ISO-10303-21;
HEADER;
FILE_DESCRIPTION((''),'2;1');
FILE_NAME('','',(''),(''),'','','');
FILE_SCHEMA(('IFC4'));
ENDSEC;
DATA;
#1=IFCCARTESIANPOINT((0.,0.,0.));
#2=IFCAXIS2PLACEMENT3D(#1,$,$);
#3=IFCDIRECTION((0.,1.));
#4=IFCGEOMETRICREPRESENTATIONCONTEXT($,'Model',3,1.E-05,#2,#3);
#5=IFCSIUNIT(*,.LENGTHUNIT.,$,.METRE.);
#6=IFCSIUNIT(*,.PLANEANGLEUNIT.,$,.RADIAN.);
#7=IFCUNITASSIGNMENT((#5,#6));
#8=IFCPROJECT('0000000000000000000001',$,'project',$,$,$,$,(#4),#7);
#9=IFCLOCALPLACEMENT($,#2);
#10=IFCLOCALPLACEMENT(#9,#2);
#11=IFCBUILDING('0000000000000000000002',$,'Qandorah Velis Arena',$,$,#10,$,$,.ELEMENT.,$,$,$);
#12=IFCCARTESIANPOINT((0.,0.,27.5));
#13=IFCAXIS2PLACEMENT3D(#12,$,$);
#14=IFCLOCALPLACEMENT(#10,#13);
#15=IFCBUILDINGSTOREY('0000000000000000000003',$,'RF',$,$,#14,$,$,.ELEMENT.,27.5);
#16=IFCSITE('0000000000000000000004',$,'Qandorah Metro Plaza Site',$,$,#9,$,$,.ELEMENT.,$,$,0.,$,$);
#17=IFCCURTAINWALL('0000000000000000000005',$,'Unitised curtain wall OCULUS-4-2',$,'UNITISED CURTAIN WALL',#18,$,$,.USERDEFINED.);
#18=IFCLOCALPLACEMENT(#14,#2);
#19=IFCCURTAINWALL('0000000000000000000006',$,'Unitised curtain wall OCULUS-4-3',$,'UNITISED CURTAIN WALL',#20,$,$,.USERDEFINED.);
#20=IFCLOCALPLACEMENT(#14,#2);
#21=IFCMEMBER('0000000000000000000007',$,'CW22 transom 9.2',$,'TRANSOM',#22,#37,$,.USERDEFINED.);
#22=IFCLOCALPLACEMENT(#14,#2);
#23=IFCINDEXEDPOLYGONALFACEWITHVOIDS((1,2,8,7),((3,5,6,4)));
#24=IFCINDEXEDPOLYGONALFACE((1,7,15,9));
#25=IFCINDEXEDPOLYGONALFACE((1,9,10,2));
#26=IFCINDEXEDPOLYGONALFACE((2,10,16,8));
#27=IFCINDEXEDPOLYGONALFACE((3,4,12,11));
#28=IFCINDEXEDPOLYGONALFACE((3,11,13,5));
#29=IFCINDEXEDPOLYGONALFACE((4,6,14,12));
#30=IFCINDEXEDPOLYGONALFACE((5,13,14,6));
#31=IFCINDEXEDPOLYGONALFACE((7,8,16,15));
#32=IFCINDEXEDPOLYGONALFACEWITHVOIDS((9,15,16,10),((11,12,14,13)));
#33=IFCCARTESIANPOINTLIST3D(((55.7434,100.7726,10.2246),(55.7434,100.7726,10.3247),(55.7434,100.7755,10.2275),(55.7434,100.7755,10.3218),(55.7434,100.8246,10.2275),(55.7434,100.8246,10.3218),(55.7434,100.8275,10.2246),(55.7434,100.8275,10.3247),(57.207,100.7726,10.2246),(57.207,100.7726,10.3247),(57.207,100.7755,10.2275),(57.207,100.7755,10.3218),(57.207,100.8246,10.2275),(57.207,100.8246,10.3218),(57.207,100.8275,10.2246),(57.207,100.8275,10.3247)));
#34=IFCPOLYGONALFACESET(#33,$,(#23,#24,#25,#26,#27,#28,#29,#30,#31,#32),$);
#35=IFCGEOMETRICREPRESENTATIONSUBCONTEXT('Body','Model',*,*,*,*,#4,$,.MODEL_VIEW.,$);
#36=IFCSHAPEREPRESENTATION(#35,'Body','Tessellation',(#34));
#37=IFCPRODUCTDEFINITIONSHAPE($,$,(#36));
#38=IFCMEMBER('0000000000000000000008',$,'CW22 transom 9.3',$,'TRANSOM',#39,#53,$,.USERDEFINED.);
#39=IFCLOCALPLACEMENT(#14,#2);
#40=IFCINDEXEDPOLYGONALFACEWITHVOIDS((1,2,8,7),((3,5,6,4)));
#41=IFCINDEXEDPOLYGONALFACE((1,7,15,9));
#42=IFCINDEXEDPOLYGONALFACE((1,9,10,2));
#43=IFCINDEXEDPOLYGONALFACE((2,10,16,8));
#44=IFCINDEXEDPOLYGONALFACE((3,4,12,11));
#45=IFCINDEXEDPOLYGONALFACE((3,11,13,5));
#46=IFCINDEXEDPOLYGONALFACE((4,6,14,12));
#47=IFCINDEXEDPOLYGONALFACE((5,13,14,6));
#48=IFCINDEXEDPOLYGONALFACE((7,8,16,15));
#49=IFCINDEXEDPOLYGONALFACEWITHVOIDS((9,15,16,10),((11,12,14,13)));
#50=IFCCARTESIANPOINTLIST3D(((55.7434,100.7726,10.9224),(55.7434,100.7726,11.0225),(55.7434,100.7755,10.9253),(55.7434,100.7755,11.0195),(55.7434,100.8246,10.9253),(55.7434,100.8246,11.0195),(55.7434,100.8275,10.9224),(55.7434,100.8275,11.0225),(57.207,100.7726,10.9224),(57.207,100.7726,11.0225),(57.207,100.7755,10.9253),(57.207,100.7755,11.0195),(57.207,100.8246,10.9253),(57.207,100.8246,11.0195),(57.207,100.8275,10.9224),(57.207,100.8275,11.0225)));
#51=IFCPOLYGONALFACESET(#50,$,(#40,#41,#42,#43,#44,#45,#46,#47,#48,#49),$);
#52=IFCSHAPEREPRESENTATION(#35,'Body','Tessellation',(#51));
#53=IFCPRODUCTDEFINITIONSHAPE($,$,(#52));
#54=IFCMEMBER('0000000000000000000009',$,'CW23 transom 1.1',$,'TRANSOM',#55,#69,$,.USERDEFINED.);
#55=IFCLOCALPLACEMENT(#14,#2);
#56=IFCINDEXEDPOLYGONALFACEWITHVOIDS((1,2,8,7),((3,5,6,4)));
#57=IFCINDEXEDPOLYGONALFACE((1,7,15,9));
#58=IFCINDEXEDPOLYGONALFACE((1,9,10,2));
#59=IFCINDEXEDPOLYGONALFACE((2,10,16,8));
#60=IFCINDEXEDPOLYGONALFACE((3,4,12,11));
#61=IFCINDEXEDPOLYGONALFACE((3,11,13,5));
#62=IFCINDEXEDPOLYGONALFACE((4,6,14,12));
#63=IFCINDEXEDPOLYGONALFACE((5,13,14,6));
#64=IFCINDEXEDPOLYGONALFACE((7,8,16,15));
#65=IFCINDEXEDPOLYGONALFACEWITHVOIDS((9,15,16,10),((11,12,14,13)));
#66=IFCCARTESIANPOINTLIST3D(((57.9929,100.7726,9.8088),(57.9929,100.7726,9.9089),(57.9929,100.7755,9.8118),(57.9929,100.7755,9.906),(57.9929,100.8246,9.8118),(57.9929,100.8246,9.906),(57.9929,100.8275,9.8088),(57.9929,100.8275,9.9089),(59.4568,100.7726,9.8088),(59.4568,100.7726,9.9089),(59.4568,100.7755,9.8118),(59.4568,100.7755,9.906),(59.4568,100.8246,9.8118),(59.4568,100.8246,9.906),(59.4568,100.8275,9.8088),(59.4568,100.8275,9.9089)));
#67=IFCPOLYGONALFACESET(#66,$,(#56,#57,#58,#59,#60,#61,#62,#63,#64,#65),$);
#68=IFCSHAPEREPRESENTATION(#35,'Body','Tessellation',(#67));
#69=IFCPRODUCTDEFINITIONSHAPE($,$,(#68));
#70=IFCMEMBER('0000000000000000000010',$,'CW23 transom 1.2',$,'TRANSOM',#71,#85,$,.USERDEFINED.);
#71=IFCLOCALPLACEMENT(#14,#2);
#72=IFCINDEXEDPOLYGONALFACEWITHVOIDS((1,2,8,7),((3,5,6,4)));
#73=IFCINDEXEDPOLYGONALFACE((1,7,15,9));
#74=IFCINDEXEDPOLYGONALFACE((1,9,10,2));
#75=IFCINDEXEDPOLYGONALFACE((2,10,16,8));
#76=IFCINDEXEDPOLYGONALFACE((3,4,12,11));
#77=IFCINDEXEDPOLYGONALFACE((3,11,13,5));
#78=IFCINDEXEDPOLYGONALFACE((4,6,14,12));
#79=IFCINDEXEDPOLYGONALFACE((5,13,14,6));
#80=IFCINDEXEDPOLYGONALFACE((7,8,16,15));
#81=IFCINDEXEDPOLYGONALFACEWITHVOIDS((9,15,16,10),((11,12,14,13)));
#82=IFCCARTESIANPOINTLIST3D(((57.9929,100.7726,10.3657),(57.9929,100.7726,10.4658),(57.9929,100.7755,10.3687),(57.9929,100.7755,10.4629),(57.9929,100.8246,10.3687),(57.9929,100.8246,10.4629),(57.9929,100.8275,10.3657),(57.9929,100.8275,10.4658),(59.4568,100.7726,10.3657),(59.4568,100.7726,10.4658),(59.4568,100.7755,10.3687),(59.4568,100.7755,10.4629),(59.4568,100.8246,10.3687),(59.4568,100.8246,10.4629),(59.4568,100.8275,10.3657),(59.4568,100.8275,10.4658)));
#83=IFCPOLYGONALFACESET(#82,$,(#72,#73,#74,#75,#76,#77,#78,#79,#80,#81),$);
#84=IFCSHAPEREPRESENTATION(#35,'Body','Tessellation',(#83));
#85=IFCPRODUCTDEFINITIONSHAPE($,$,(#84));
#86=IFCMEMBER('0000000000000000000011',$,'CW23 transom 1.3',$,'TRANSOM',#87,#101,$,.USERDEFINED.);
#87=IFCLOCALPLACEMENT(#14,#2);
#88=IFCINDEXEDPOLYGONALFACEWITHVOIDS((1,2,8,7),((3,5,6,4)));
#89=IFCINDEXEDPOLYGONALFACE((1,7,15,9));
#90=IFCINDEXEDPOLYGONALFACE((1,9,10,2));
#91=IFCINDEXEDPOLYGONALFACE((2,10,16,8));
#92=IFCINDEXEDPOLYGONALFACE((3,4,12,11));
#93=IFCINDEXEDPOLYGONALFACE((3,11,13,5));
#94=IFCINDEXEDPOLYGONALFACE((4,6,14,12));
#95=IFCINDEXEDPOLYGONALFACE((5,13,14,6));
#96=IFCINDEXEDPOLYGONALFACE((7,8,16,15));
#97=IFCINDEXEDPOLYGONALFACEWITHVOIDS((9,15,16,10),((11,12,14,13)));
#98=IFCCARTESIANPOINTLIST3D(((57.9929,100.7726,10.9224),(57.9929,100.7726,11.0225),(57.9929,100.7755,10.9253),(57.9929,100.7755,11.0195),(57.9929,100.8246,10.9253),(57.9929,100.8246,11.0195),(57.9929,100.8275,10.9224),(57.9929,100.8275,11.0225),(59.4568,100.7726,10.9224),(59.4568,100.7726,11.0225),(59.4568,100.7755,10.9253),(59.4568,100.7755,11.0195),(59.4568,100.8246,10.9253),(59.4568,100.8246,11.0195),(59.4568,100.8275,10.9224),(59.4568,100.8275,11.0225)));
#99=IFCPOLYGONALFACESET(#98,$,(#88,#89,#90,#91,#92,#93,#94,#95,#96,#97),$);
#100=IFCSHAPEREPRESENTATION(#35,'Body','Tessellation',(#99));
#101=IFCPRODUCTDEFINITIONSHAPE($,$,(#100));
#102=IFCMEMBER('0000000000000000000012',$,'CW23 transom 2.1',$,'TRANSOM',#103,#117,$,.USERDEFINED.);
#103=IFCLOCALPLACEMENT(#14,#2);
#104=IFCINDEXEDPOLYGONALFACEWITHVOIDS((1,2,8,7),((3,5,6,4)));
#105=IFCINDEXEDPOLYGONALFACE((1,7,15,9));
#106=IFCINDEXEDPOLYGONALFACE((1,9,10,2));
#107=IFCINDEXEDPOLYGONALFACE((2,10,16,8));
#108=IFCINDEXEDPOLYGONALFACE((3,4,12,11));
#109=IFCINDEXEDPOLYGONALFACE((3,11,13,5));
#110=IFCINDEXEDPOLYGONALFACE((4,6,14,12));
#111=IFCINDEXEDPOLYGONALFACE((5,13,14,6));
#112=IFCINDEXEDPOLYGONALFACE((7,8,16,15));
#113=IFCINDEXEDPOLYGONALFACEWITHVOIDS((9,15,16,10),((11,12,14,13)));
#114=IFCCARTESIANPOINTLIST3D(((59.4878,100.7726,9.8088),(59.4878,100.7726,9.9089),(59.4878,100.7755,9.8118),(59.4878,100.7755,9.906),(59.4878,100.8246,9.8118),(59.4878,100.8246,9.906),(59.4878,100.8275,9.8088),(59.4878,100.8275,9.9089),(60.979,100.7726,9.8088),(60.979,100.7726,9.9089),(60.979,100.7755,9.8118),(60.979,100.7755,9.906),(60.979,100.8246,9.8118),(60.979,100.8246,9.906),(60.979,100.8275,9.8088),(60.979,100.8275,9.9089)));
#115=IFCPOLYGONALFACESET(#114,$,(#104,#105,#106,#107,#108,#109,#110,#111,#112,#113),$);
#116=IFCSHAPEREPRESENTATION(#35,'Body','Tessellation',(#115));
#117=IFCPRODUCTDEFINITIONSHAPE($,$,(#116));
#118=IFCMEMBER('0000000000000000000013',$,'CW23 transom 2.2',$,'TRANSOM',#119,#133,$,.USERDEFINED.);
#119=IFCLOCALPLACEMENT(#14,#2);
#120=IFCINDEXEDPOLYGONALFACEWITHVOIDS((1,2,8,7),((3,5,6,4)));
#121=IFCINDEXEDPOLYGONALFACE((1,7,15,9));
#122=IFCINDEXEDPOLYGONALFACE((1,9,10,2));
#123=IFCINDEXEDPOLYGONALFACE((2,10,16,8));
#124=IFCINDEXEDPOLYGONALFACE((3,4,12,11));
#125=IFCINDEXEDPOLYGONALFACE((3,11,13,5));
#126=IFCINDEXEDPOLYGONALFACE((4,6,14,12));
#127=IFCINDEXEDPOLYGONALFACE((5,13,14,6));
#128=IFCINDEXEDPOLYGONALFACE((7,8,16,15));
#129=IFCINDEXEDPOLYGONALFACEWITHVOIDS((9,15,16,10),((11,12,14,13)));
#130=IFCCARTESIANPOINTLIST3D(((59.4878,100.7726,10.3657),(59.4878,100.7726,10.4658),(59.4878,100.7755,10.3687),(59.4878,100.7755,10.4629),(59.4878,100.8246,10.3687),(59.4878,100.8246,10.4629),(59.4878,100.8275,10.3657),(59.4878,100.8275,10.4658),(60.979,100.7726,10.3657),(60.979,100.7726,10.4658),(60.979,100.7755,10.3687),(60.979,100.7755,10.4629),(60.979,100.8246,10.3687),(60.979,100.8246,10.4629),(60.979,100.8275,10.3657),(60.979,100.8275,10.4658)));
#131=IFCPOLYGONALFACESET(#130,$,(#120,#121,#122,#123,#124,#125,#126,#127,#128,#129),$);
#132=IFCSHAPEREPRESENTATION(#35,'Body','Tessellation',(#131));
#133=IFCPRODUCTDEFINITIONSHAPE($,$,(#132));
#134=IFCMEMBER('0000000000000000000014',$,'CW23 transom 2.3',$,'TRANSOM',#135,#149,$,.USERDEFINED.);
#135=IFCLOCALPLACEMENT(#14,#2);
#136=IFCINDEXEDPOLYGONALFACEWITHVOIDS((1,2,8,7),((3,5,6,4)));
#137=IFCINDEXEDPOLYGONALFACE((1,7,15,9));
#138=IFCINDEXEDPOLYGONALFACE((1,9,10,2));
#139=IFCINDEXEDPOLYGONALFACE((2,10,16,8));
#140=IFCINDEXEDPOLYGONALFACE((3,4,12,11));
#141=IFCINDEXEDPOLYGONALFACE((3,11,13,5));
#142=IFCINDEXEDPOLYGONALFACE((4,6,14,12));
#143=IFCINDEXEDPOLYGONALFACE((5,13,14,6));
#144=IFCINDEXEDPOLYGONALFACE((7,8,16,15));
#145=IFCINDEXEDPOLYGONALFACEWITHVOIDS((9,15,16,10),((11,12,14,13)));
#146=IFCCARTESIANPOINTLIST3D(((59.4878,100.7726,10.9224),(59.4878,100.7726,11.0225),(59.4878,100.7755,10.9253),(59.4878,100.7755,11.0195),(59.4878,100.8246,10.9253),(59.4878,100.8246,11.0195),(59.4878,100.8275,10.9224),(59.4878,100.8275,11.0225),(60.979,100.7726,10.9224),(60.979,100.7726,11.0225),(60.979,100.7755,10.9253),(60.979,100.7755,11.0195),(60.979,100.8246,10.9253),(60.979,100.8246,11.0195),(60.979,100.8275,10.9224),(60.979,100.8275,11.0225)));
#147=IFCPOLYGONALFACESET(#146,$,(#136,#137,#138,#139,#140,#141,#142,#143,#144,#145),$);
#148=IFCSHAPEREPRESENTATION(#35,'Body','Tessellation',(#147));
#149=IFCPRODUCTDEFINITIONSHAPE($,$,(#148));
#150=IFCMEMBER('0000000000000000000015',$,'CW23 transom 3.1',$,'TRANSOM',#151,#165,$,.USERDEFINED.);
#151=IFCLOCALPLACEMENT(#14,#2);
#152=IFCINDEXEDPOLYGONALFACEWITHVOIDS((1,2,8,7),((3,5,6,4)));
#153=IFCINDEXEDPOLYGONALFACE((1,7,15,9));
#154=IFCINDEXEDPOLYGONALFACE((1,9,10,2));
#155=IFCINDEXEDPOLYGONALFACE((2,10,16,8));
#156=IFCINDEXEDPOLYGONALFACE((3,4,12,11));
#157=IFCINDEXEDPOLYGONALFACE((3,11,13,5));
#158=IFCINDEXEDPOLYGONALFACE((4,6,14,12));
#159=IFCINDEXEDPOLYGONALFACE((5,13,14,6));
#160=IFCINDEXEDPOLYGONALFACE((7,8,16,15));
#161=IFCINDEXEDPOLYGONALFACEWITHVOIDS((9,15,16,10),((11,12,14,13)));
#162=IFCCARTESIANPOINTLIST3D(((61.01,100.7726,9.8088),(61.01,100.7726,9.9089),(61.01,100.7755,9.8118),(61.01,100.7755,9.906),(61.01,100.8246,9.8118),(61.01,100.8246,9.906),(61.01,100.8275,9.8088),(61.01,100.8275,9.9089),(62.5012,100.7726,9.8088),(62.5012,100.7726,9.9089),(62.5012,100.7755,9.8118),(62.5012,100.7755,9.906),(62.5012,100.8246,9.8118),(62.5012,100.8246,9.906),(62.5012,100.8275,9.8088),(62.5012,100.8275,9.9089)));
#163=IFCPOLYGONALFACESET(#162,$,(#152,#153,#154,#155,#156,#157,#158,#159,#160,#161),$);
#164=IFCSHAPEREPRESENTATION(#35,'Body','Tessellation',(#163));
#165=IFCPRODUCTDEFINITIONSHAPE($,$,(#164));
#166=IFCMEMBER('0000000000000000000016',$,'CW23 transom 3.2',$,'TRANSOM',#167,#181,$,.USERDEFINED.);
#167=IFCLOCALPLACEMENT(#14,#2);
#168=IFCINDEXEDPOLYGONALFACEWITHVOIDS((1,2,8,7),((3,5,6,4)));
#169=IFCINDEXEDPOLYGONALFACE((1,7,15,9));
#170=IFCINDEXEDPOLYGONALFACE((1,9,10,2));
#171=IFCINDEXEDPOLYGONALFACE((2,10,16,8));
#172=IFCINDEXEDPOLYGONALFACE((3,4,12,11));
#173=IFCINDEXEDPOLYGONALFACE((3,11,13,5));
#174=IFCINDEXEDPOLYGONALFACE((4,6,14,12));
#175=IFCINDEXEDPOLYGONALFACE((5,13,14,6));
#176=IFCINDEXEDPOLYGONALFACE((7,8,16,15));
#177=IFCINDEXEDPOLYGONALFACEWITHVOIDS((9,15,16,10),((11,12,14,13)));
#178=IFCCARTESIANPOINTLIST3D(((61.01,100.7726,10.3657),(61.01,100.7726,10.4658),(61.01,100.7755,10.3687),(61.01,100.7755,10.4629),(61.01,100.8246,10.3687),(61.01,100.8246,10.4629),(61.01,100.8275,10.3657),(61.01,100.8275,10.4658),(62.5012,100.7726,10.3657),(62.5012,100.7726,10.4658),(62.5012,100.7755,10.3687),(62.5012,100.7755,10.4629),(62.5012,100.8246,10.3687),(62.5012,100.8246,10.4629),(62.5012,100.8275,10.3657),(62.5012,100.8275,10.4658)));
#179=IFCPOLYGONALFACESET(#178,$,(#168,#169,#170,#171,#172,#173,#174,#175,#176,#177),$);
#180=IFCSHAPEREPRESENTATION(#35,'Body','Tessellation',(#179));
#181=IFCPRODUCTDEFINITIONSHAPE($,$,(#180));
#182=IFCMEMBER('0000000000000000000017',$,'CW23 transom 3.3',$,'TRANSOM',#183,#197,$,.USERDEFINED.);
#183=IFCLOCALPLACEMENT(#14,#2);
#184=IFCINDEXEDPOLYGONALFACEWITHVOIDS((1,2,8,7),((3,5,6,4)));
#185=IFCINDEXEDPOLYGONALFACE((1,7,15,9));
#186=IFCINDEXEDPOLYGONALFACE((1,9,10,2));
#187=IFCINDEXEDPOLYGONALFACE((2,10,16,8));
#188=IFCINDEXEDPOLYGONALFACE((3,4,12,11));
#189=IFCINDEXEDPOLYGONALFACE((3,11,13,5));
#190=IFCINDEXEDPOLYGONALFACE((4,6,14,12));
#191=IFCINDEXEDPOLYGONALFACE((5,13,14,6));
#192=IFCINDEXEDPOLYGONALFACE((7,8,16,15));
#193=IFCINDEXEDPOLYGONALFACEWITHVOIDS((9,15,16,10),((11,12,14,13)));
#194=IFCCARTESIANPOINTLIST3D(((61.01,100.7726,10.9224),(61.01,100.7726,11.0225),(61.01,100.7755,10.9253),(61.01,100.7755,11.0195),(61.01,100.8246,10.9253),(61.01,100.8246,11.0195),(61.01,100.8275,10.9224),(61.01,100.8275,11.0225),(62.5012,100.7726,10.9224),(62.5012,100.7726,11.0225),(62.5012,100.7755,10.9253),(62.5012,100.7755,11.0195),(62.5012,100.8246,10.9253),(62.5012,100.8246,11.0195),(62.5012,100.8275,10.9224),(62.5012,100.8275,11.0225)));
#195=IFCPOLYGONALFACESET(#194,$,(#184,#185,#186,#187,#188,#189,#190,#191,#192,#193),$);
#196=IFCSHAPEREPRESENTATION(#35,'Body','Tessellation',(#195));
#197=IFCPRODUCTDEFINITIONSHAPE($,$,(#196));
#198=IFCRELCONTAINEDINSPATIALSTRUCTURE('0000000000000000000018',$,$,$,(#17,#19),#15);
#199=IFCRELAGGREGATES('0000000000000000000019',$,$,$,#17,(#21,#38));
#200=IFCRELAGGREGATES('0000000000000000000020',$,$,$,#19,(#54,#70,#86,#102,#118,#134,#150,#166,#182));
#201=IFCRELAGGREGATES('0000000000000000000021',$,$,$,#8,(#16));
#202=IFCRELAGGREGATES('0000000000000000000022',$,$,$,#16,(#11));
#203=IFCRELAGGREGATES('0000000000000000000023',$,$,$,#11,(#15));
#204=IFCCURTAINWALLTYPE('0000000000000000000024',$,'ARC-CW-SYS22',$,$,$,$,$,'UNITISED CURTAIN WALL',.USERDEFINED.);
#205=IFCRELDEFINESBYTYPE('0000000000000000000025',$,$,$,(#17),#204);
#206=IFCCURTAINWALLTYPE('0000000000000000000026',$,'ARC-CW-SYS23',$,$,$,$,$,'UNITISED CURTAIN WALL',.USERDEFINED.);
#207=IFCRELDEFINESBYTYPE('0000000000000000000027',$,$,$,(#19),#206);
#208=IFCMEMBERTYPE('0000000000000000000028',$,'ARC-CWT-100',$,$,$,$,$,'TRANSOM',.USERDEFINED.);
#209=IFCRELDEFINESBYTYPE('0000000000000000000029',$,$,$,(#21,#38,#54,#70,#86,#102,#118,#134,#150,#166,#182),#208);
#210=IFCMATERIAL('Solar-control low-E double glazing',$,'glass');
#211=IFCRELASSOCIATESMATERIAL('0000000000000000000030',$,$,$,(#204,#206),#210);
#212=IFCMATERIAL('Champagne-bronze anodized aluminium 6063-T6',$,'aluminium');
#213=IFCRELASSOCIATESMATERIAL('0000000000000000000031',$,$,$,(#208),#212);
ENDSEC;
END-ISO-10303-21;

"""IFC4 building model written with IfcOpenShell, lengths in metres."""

from ifc_helpers import new_model, si_unit, direction, frame, origin, origin_2d, place, context, subcontext, project, spatial, hollow_rectangle, extrude, material, material_profile, profile_set, type_object, element, aggregate, save


model = new_model("IFC4")

# Units and contexts
model_context = context("Model", 3, precision=1e-05, world=origin(), true_north=direction((0.0, 1.0)))
body_context = subcontext(model_context, "Body", "Model", "MODEL_VIEW")
ifc_project = project(units=[si_unit("LENGTHUNIT", "METRE"), si_unit("PLANEANGLEUNIT", "RADIAN")], contexts=[model_context])

# Site, building, storey
site_placement = place(None, origin())
site = spatial("IfcSite", under=ifc_project, at=site_placement, Name="Qandorah Metro Plaza Site", CompositionType="ELEMENT", RefElevation=0.0)
building_placement = place(site_placement, origin())
building = spatial("IfcBuilding", under=site, at=building_placement, Name="Qandorah Velis Arena", CompositionType="ELEMENT")
storey_placement = place(building_placement, frame((0.0, 0.0, 27.5)))
storey = spatial("IfcBuildingStorey", under=building, at=storey_placement, Name="RF", CompositionType="ELEMENT", Elevation=27.5)

# Shared definitions
ifc_material_1 = material(Name="Solar-control low-E double glazing", Category="glass")
ifc_material_2 = material(Name="Champagne-bronze anodized aluminium 6063-T6", Category="aluminium")

# Curtain walls
curtain_wall_type_1 = type_object("IfcCurtainWallType", Name="ARC-CW-SYS22", ElementType="UNITISED CURTAIN WALL", PredefinedType="USERDEFINED", material=ifc_material_1)
curtain_wall_1_placement = place(storey_placement, origin())
curtain_wall_1 = element("IfcCurtainWall", 1, at=curtain_wall_1_placement, inside=storey, type_object=curtain_wall_type_1, Name="Unitised curtain wall OCULUS-4-2", ObjectType="UNITISED CURTAIN WALL", PredefinedType="USERDEFINED")
curtain_wall_type_2 = type_object("IfcCurtainWallType", Name="ARC-CW-SYS23", ElementType="UNITISED CURTAIN WALL", PredefinedType="USERDEFINED", material=ifc_material_1)
curtain_wall_2_placement = place(storey_placement, origin())
curtain_wall_2 = element("IfcCurtainWall", 2, at=curtain_wall_2_placement, inside=storey, type_object=curtain_wall_type_2, Name="Unitised curtain wall OCULUS-4-3", ObjectType="UNITISED CURTAIN WALL", PredefinedType="USERDEFINED")

# Members
ifc_material_profile_1 = material_profile(ifc_material_2, hollow_rectangle(XDim=0.0549, YDim=0.1001, WallThickness=0.0029, at=origin_2d()), Name="ALU TRANSOM 55x100")
ifc_profile_set_1 = profile_set([ifc_material_profile_1], Name="Champagne-bronze anodized aluminium 6063-T6")
member_type_1 = type_object("IfcMemberType", Name="ARC-CWT-100", ElementType="TRANSOM", PredefinedType="USERDEFINED", material=ifc_profile_set_1)
member_1_placement = place(storey_placement, frame((55.7434, 100.8, 10.2747), z_axis=(1.0, 0.0, 0.0), x_axis=(0.0, 1.0, 0.0)))
member_1 = element("IfcMember", 3, at=member_1_placement, type_object=member_type_1, Name="CW22 transom 9.2", ObjectType="TRANSOM", PredefinedType="USERDEFINED", context=body_context, shape_type="SweptSolid", body=[
    extrude(hollow_rectangle(XDim=0.0549, YDim=0.1001, WallThickness=0.0029, at=origin_2d()), origin(), (0.0, 0.0, 1.0), 1.4636),
])
member_2_placement = place(storey_placement, frame((55.7434, 100.8, 10.9724), z_axis=(1.0, 0.0, 0.0), x_axis=(0.0, 1.0, 0.0)))
member_2 = element("IfcMember", 4, at=member_2_placement, type_object=member_type_1, Name="CW22 transom 9.3", ObjectType="TRANSOM", PredefinedType="USERDEFINED", context=body_context, shape_type="SweptSolid", body=[
    extrude(hollow_rectangle(XDim=0.0549, YDim=0.1001, WallThickness=0.0029, at=origin_2d()), origin(), (0.0, 0.0, 1.0), 1.4636),
])
member_3_placement = place(storey_placement, frame((57.9929, 100.8, 9.8589), z_axis=(1.0, 0.0, 0.0), x_axis=(0.0, 1.0, 0.0)))
member_3 = element("IfcMember", 5, at=member_3_placement, type_object=member_type_1, Name="CW23 transom 1.1", ObjectType="TRANSOM", PredefinedType="USERDEFINED", context=body_context, shape_type="SweptSolid", body=[
    extrude(hollow_rectangle(XDim=0.0549, YDim=0.1001, WallThickness=0.0029, at=origin_2d()), origin(), (0.0, 0.0, 1.0), 1.4639),
])
member_4_placement = place(storey_placement, frame((57.9929, 100.8, 10.4158), z_axis=(1.0, 0.0, 0.0), x_axis=(0.0, 1.0, 0.0)))
member_4 = element("IfcMember", 6, at=member_4_placement, type_object=member_type_1, Name="CW23 transom 1.2", ObjectType="TRANSOM", PredefinedType="USERDEFINED", context=body_context, shape_type="SweptSolid", body=[
    extrude(hollow_rectangle(XDim=0.0549, YDim=0.1001, WallThickness=0.0029, at=origin_2d()), origin(), (0.0, 0.0, 1.0), 1.4639),
])
member_5_placement = place(storey_placement, frame((57.9929, 100.8, 10.9724), z_axis=(1.0, 0.0, 0.0), x_axis=(0.0, 1.0, 0.0)))
member_5 = element("IfcMember", 7, at=member_5_placement, type_object=member_type_1, Name="CW23 transom 1.3", ObjectType="TRANSOM", PredefinedType="USERDEFINED", context=body_context, shape_type="SweptSolid", body=[
    extrude(hollow_rectangle(XDim=0.0549, YDim=0.1001, WallThickness=0.0029, at=origin_2d()), origin(), (0.0, 0.0, 1.0), 1.4639),
])
member_6_placement = place(storey_placement, frame((59.4878, 100.8, 9.8589), z_axis=(1.0, 0.0, 0.0), x_axis=(0.0, 1.0, 0.0)))
member_6 = element("IfcMember", 8, at=member_6_placement, type_object=member_type_1, Name="CW23 transom 2.1", ObjectType="TRANSOM", PredefinedType="USERDEFINED", context=body_context, shape_type="SweptSolid", body=[
    extrude(hollow_rectangle(XDim=0.0549, YDim=0.1001, WallThickness=0.0029, at=origin_2d()), origin(), (0.0, 0.0, 1.0), 1.4912),
])
member_7_placement = place(storey_placement, frame((59.4878, 100.8, 10.4158), z_axis=(1.0, 0.0, 0.0), x_axis=(0.0, 1.0, 0.0)))
member_7 = element("IfcMember", 9, at=member_7_placement, type_object=member_type_1, Name="CW23 transom 2.2", ObjectType="TRANSOM", PredefinedType="USERDEFINED", context=body_context, shape_type="SweptSolid", body=[
    extrude(hollow_rectangle(XDim=0.0549, YDim=0.1001, WallThickness=0.0029, at=origin_2d()), origin(), (0.0, 0.0, 1.0), 1.4912),
])
member_8_placement = place(storey_placement, frame((59.4878, 100.8, 10.9724), z_axis=(1.0, 0.0, 0.0), x_axis=(0.0, 1.0, 0.0)))
member_8 = element("IfcMember", 10, at=member_8_placement, type_object=member_type_1, Name="CW23 transom 2.3", ObjectType="TRANSOM", PredefinedType="USERDEFINED", context=body_context, shape_type="SweptSolid", body=[
    extrude(hollow_rectangle(XDim=0.0549, YDim=0.1001, WallThickness=0.0029, at=origin_2d()), origin(), (0.0, 0.0, 1.0), 1.4912),
])
member_9_placement = place(storey_placement, frame((61.01, 100.8, 9.8589), z_axis=(1.0, 0.0, 0.0), x_axis=(0.0, 1.0, 0.0)))
member_9 = element("IfcMember", 11, at=member_9_placement, type_object=member_type_1, Name="CW23 transom 3.1", ObjectType="TRANSOM", PredefinedType="USERDEFINED", context=body_context, shape_type="SweptSolid", body=[
    extrude(hollow_rectangle(XDim=0.0549, YDim=0.1001, WallThickness=0.0029, at=origin_2d()), origin(), (0.0, 0.0, 1.0), 1.4912),
])
member_10_placement = place(storey_placement, frame((61.01, 100.8, 10.4158), z_axis=(1.0, 0.0, 0.0), x_axis=(0.0, 1.0, 0.0)))
member_10 = element("IfcMember", 12, at=member_10_placement, type_object=member_type_1, Name="CW23 transom 3.2", ObjectType="TRANSOM", PredefinedType="USERDEFINED", context=body_context, shape_type="SweptSolid", body=[
    extrude(hollow_rectangle(XDim=0.0549, YDim=0.1001, WallThickness=0.0029, at=origin_2d()), origin(), (0.0, 0.0, 1.0), 1.4912),
])
member_11_placement = place(storey_placement, frame((61.01, 100.8, 10.9724), z_axis=(1.0, 0.0, 0.0), x_axis=(0.0, 1.0, 0.0)))
member_11 = element("IfcMember", 13, at=member_11_placement, type_object=member_type_1, Name="CW23 transom 3.3", ObjectType="TRANSOM", PredefinedType="USERDEFINED", context=body_context, shape_type="SweptSolid", body=[
    extrude(hollow_rectangle(XDim=0.0549, YDim=0.1001, WallThickness=0.0029, at=origin_2d()), origin(), (0.0, 0.0, 1.0), 1.4912),
])

aggregate(curtain_wall_1, [member_1, member_2])
aggregate(curtain_wall_2, [member_3, member_4, member_5, member_6, member_7, member_8, member_9, member_10, member_11])

save(model, "model.ifc")
